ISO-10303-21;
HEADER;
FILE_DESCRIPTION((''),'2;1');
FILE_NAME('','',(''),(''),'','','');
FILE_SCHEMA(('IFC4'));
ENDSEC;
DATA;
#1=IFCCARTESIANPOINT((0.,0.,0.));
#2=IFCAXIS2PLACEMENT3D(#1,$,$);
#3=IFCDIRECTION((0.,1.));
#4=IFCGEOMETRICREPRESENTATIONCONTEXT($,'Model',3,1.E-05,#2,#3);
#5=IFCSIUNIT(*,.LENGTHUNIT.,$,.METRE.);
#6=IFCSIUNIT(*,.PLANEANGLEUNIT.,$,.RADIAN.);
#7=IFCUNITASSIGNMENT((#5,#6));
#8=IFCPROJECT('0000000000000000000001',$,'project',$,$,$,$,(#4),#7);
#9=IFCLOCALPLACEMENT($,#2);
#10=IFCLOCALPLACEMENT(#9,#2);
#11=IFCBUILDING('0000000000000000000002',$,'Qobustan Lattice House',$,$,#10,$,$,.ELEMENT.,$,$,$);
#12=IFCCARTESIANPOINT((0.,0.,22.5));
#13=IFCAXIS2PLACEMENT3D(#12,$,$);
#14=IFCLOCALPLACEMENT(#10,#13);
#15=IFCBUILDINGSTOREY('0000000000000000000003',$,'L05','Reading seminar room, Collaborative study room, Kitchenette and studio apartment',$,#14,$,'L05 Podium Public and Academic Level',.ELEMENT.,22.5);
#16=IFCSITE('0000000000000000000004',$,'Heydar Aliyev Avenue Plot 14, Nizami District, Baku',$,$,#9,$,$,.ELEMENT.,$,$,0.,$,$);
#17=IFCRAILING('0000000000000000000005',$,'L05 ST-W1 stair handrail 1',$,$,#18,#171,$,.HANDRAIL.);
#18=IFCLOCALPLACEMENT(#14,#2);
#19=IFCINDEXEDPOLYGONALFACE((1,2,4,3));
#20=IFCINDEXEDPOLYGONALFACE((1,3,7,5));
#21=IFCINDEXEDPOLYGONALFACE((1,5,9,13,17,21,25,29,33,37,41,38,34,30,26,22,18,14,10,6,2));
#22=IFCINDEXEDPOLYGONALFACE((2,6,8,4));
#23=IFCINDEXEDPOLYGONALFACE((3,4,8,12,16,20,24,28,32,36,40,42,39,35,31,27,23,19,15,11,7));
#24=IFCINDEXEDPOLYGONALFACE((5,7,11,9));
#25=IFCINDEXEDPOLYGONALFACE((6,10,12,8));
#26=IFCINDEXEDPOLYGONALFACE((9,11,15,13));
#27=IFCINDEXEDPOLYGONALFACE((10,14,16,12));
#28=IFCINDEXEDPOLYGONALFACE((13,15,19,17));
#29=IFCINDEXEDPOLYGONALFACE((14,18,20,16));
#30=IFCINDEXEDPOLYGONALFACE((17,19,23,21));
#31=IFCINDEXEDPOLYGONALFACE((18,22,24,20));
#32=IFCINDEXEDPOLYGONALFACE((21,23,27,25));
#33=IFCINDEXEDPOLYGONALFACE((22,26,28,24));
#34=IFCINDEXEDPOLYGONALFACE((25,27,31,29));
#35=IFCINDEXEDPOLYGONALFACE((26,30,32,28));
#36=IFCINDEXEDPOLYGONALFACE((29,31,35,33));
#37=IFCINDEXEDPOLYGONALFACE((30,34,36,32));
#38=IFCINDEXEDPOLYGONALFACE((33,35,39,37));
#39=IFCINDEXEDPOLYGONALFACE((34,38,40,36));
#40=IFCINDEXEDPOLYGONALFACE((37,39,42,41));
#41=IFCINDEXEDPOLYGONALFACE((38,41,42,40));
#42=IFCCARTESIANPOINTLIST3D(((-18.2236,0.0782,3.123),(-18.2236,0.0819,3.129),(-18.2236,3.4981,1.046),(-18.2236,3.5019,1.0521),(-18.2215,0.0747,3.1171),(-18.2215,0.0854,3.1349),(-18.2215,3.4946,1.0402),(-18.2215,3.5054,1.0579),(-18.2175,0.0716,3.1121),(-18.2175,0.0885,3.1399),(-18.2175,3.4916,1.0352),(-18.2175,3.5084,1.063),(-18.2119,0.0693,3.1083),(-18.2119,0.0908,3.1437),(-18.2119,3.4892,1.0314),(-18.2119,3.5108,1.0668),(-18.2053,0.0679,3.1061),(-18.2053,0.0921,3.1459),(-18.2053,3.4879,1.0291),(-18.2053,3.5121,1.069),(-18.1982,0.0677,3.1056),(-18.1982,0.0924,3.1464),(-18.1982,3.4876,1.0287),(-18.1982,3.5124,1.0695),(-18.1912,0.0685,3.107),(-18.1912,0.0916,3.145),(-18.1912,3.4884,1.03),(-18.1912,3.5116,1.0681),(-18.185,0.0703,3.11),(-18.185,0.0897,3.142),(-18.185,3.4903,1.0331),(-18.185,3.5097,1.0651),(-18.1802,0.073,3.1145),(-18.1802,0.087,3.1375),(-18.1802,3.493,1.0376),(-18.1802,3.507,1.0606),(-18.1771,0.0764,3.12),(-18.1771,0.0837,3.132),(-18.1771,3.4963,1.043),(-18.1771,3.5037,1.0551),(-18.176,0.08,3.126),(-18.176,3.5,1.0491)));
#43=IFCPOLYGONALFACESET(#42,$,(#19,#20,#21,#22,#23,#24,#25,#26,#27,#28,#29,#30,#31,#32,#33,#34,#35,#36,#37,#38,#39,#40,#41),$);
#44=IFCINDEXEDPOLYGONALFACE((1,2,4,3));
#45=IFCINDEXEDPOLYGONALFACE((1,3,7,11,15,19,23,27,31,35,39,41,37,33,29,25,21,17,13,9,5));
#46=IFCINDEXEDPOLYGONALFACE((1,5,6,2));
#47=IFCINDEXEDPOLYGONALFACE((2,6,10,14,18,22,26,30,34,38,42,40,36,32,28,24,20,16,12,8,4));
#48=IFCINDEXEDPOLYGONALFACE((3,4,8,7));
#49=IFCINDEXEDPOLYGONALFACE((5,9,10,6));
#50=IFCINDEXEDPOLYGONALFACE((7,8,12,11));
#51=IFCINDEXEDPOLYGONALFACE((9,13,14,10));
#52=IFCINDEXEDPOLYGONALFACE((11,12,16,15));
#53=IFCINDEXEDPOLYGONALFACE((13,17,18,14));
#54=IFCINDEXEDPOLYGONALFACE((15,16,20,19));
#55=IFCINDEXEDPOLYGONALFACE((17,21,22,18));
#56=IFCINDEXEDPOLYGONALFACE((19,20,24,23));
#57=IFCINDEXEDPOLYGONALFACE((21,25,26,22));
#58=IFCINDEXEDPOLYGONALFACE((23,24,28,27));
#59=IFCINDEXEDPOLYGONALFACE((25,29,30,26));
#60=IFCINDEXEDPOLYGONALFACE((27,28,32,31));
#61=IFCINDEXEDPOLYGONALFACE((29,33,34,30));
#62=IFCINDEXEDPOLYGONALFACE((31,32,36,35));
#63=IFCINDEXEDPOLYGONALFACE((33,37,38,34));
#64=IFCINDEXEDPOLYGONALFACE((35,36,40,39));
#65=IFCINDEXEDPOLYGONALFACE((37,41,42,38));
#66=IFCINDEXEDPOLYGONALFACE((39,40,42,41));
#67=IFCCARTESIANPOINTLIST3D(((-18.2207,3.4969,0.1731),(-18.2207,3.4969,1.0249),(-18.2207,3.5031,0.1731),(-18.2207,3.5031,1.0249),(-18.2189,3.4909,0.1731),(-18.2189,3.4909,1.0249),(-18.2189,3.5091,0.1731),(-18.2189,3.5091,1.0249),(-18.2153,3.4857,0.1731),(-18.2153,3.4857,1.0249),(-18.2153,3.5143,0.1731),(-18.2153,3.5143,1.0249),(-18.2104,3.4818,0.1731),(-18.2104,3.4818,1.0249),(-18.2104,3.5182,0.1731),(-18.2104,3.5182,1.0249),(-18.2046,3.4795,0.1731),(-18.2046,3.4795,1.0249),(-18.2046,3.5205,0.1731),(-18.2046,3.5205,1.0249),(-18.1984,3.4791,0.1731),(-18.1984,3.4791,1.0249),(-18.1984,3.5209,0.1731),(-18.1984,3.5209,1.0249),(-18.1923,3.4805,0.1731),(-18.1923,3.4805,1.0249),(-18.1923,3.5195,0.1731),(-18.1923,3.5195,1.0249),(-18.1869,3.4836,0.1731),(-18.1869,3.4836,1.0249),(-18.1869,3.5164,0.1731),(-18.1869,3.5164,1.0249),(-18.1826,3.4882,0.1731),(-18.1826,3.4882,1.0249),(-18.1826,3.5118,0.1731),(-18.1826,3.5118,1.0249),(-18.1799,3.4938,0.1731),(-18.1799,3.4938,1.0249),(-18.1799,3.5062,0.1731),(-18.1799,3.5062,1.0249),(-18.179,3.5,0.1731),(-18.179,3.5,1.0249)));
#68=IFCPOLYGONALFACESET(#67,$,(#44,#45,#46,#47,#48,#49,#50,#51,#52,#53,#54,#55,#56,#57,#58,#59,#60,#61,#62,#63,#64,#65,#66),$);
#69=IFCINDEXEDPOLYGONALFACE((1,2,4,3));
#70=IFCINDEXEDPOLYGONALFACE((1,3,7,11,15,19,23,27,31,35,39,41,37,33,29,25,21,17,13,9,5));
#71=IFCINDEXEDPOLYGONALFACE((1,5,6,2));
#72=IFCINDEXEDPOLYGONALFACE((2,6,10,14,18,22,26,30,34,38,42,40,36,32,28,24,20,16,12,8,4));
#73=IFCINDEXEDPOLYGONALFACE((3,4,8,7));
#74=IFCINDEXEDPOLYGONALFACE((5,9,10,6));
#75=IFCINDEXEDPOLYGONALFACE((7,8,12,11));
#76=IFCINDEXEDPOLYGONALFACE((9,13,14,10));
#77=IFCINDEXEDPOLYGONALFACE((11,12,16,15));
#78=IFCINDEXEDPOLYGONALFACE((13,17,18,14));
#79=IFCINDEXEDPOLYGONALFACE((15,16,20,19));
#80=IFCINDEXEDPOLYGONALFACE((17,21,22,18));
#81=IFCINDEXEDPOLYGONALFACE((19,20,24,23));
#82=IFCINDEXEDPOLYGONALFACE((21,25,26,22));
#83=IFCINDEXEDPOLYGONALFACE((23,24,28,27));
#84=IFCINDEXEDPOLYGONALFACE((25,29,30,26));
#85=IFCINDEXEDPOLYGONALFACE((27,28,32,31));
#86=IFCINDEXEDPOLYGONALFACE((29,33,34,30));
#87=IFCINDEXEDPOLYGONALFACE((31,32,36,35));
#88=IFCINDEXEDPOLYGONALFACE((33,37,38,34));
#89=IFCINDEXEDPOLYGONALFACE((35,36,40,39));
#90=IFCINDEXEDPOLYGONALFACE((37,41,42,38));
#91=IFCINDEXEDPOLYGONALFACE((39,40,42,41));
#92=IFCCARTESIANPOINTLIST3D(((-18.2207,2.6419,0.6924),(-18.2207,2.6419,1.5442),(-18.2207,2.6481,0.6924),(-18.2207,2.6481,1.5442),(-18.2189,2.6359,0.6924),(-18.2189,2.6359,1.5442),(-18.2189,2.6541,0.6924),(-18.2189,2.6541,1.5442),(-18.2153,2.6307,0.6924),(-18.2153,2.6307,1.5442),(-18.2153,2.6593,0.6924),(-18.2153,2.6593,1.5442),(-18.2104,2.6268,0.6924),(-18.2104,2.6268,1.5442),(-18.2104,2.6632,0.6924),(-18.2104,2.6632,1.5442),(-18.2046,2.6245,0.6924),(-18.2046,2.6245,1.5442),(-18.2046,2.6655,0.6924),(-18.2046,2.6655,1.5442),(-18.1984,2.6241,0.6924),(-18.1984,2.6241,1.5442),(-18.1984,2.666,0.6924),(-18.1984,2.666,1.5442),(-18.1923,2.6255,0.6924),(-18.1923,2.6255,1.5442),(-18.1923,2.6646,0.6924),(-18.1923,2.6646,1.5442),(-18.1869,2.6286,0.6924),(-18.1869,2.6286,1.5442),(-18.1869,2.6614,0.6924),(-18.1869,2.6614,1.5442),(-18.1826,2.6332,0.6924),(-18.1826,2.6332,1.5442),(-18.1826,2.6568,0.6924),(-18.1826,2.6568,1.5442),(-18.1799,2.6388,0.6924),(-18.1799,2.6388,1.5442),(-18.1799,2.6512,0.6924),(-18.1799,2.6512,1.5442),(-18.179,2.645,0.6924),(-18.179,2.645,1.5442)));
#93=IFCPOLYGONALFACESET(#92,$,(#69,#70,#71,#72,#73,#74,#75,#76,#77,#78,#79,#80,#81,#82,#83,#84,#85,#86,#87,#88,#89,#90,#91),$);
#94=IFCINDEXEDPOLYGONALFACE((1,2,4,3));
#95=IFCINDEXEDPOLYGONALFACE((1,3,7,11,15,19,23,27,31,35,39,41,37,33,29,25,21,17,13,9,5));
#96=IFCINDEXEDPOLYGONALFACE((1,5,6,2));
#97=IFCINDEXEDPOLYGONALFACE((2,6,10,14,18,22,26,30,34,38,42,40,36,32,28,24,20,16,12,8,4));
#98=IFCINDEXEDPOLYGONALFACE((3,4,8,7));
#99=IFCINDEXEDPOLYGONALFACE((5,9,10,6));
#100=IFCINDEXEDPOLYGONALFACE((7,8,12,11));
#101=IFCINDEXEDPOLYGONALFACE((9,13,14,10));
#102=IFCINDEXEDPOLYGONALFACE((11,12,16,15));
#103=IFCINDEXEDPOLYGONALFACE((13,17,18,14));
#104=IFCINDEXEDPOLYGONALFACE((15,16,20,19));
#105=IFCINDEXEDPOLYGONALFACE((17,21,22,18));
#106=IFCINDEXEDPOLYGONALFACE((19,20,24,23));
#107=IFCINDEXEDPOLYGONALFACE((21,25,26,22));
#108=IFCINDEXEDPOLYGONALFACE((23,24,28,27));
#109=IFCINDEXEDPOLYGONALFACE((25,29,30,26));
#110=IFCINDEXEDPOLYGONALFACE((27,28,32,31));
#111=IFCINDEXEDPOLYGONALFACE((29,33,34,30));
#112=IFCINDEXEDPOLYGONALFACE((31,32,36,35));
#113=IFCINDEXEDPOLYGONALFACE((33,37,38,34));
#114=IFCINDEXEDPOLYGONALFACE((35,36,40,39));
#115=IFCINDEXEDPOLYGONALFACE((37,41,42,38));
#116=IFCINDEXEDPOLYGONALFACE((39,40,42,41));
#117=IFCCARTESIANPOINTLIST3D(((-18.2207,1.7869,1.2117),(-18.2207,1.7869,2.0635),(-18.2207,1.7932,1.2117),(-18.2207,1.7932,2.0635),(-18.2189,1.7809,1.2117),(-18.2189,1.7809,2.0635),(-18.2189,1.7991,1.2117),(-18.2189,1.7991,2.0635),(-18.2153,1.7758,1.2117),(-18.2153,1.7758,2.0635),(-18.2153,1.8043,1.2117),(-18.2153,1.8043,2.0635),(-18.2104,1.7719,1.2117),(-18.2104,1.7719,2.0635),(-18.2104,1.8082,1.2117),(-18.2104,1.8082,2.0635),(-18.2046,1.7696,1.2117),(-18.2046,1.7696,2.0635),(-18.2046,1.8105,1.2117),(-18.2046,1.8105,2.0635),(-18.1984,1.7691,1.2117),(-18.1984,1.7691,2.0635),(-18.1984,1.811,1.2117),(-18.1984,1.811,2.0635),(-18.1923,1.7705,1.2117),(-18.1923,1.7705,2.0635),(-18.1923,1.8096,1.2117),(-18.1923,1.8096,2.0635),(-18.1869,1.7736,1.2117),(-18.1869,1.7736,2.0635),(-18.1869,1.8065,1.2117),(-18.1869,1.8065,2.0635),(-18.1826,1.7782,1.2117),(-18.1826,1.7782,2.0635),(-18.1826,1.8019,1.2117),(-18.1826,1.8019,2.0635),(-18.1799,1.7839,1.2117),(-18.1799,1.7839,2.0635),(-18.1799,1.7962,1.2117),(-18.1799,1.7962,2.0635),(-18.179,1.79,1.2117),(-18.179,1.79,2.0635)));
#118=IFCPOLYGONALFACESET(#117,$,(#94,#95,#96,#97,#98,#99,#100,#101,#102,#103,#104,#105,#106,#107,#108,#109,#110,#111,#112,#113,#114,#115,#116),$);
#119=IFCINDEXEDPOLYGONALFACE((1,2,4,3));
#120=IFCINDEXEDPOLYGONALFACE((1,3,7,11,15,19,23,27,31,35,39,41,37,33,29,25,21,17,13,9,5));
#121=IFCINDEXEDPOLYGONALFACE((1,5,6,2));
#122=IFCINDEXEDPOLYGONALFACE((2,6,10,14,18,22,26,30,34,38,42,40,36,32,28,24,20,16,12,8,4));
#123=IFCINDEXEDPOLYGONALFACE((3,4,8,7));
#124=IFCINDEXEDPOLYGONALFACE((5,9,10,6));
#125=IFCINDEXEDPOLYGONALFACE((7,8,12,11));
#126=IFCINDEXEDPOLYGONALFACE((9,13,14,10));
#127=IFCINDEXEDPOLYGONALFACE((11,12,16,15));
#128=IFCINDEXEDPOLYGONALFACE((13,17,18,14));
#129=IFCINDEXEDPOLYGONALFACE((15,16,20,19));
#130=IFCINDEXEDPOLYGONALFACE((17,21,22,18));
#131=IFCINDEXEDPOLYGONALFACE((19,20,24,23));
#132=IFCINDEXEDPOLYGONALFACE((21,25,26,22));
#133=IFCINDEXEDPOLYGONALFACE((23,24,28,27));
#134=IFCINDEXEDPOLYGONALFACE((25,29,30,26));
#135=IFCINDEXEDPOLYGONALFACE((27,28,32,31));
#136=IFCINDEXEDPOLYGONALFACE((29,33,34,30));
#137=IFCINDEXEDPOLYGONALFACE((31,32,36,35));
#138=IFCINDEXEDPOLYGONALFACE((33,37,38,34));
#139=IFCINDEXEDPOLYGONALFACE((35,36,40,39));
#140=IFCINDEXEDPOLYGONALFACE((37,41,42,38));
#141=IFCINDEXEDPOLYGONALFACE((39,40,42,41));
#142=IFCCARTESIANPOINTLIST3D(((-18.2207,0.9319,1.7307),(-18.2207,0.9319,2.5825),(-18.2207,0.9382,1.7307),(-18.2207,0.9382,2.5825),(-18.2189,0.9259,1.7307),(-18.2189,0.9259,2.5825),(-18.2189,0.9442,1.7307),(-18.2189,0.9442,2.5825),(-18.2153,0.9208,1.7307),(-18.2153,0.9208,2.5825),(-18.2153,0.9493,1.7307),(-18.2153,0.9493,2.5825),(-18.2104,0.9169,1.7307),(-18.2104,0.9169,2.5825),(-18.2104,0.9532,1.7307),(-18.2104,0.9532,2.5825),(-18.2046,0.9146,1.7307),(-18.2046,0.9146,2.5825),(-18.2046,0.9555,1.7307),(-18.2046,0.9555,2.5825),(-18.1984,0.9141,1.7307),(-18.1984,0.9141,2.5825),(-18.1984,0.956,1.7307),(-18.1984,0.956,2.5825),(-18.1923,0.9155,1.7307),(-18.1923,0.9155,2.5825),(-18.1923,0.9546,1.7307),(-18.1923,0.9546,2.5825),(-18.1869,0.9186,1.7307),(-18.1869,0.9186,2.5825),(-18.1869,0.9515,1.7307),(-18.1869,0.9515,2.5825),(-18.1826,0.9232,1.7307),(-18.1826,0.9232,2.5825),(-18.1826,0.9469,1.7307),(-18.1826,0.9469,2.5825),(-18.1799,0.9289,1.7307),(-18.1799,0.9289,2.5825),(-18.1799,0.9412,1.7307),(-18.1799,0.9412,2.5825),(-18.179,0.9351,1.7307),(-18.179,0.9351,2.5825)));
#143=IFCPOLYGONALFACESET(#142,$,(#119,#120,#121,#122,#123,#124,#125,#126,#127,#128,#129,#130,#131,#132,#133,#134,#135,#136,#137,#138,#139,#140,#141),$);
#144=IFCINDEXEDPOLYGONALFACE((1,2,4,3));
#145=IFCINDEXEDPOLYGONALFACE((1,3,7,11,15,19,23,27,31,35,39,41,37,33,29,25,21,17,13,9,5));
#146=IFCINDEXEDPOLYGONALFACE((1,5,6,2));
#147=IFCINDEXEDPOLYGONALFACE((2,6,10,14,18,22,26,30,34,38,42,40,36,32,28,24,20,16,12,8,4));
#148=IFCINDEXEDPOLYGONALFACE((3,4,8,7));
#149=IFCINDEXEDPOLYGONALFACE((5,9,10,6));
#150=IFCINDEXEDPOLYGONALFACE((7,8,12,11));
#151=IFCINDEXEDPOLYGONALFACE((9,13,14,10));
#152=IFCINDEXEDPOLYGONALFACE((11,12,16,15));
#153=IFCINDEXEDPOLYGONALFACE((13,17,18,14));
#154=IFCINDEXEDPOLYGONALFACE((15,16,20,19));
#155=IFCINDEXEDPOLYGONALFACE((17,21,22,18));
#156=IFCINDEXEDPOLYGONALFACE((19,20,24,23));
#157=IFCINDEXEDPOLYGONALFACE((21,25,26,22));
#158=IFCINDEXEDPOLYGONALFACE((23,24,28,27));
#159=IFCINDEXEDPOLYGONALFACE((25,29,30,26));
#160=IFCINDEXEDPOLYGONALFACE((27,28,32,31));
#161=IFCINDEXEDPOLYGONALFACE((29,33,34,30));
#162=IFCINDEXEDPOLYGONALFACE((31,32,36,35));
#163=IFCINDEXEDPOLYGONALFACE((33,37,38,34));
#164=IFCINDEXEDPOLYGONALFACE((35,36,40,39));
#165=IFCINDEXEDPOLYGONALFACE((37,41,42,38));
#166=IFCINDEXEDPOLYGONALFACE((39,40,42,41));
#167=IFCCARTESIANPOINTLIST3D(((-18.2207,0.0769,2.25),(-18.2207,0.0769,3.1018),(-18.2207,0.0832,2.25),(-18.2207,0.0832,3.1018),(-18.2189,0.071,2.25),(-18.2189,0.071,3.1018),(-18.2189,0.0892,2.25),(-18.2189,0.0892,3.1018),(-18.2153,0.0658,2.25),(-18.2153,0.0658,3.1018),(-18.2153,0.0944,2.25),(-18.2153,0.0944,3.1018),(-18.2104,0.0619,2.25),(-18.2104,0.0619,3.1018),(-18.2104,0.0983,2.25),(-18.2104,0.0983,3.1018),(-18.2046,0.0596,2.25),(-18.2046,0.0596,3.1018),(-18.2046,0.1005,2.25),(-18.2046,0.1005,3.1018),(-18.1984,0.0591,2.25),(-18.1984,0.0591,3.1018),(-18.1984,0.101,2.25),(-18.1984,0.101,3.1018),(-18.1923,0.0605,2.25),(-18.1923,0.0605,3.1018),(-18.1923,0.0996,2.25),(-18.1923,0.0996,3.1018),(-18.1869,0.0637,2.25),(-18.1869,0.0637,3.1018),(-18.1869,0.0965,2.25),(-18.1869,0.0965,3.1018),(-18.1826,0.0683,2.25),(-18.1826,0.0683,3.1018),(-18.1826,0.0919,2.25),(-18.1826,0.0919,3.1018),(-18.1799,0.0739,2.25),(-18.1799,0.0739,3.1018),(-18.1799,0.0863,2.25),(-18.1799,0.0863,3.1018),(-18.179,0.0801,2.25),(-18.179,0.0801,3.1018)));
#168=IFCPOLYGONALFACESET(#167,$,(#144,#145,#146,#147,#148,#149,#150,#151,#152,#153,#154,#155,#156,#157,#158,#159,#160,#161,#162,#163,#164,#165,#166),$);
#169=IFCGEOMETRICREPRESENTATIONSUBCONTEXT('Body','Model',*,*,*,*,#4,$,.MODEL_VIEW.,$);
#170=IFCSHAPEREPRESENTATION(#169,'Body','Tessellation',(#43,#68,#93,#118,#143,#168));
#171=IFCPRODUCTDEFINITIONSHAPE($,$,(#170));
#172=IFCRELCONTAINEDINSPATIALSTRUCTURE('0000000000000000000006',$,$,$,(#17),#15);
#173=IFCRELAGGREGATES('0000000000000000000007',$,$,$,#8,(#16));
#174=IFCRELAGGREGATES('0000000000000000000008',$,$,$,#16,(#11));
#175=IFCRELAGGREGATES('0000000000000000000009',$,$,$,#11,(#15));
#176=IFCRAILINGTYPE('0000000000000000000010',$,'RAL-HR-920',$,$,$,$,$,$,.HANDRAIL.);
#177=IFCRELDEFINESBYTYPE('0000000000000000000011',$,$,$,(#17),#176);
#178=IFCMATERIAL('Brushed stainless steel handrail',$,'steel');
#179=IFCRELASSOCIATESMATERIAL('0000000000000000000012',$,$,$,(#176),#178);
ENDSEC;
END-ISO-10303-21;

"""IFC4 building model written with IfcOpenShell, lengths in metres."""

from ifc_helpers import new_model, si_unit, direction, frame, origin, origin_2d, place, context, subcontext, project, spatial, circle, extrude, material, type_object, element, save


model = new_model("IFC4")

# Units and contexts
model_context = context("Model", 3, precision=1e-05, world=origin(), true_north=direction((0.0, 1.0)))
body_context = subcontext(model_context, "Body", "Model", "MODEL_VIEW")
ifc_project = project(units=[si_unit("LENGTHUNIT", "METRE"), si_unit("PLANEANGLEUNIT", "RADIAN")], contexts=[model_context])

# Site, building, storey
site_placement = place(None, origin())
site = spatial("IfcSite", under=ifc_project, at=site_placement, Name="Heydar Aliyev Avenue Plot 14, Nizami District, Baku", CompositionType="ELEMENT", RefElevation=0.0)
building_placement = place(site_placement, origin())
building = spatial("IfcBuilding", under=site, at=building_placement, Name="Qobustan Lattice House", CompositionType="ELEMENT")
storey_placement = place(building_placement, frame((0.0, 0.0, 22.5)))
storey = spatial("IfcBuildingStorey", under=building, at=storey_placement, Name="L05", Description="Reading seminar room, Collaborative study room, Kitchenette and studio apartment", LongName="L05 Podium Public and Academic Level", CompositionType="ELEMENT", Elevation=22.5)

# Railing
ifc_material_1 = material(Name="Brushed stainless steel handrail", Category="steel")
railing_type_1 = type_object("IfcRailingType", Name="RAL-HR-920", PredefinedType="HANDRAIL", material=ifc_material_1)
railing_1_placement = place(storey_placement, frame((-18.2, 3.5, 0.1731)))
element("IfcRailing", 1, at=railing_1_placement, inside=storey, type_object=railing_type_1, Name="L05 ST-W1 stair handrail 1", PredefinedType="HANDRAIL", context=body_context, shape_type="SweptSolid", body=[
    extrude(circle(Radius=0.0239, at=origin_2d()), frame((0.0, 0.0, 0.876), z_axis=(0.0, -0.85473, 0.519074), x_axis=(1.0, 0.0, 0.0)), (0.0, 0.0, 1.0), 4.0012),
    extrude(circle(Radius=0.021, at=origin_2d()), origin(), (0.0, 0.0, 1.0), 0.8518),
    extrude(circle(Radius=0.021, at=origin_2d()), frame((0.0, -0.855, 0.5193)), (0.0, 0.0, 1.0), 0.8518),
    extrude(circle(Radius=0.021, at=origin_2d()), frame((0.0, -1.71, 1.0386)), (0.0, 0.0, 1.0), 0.8518),
    extrude(circle(Radius=0.021, at=origin_2d()), frame((0.0, -2.5649, 1.5576)), (0.0, 0.0, 1.0), 0.8518),
    extrude(circle(Radius=0.021, at=origin_2d()), frame((0.0, -3.4199, 2.0769)), (0.0, 0.0, 1.0), 0.8518),
])

save(model, "model.ifc")
